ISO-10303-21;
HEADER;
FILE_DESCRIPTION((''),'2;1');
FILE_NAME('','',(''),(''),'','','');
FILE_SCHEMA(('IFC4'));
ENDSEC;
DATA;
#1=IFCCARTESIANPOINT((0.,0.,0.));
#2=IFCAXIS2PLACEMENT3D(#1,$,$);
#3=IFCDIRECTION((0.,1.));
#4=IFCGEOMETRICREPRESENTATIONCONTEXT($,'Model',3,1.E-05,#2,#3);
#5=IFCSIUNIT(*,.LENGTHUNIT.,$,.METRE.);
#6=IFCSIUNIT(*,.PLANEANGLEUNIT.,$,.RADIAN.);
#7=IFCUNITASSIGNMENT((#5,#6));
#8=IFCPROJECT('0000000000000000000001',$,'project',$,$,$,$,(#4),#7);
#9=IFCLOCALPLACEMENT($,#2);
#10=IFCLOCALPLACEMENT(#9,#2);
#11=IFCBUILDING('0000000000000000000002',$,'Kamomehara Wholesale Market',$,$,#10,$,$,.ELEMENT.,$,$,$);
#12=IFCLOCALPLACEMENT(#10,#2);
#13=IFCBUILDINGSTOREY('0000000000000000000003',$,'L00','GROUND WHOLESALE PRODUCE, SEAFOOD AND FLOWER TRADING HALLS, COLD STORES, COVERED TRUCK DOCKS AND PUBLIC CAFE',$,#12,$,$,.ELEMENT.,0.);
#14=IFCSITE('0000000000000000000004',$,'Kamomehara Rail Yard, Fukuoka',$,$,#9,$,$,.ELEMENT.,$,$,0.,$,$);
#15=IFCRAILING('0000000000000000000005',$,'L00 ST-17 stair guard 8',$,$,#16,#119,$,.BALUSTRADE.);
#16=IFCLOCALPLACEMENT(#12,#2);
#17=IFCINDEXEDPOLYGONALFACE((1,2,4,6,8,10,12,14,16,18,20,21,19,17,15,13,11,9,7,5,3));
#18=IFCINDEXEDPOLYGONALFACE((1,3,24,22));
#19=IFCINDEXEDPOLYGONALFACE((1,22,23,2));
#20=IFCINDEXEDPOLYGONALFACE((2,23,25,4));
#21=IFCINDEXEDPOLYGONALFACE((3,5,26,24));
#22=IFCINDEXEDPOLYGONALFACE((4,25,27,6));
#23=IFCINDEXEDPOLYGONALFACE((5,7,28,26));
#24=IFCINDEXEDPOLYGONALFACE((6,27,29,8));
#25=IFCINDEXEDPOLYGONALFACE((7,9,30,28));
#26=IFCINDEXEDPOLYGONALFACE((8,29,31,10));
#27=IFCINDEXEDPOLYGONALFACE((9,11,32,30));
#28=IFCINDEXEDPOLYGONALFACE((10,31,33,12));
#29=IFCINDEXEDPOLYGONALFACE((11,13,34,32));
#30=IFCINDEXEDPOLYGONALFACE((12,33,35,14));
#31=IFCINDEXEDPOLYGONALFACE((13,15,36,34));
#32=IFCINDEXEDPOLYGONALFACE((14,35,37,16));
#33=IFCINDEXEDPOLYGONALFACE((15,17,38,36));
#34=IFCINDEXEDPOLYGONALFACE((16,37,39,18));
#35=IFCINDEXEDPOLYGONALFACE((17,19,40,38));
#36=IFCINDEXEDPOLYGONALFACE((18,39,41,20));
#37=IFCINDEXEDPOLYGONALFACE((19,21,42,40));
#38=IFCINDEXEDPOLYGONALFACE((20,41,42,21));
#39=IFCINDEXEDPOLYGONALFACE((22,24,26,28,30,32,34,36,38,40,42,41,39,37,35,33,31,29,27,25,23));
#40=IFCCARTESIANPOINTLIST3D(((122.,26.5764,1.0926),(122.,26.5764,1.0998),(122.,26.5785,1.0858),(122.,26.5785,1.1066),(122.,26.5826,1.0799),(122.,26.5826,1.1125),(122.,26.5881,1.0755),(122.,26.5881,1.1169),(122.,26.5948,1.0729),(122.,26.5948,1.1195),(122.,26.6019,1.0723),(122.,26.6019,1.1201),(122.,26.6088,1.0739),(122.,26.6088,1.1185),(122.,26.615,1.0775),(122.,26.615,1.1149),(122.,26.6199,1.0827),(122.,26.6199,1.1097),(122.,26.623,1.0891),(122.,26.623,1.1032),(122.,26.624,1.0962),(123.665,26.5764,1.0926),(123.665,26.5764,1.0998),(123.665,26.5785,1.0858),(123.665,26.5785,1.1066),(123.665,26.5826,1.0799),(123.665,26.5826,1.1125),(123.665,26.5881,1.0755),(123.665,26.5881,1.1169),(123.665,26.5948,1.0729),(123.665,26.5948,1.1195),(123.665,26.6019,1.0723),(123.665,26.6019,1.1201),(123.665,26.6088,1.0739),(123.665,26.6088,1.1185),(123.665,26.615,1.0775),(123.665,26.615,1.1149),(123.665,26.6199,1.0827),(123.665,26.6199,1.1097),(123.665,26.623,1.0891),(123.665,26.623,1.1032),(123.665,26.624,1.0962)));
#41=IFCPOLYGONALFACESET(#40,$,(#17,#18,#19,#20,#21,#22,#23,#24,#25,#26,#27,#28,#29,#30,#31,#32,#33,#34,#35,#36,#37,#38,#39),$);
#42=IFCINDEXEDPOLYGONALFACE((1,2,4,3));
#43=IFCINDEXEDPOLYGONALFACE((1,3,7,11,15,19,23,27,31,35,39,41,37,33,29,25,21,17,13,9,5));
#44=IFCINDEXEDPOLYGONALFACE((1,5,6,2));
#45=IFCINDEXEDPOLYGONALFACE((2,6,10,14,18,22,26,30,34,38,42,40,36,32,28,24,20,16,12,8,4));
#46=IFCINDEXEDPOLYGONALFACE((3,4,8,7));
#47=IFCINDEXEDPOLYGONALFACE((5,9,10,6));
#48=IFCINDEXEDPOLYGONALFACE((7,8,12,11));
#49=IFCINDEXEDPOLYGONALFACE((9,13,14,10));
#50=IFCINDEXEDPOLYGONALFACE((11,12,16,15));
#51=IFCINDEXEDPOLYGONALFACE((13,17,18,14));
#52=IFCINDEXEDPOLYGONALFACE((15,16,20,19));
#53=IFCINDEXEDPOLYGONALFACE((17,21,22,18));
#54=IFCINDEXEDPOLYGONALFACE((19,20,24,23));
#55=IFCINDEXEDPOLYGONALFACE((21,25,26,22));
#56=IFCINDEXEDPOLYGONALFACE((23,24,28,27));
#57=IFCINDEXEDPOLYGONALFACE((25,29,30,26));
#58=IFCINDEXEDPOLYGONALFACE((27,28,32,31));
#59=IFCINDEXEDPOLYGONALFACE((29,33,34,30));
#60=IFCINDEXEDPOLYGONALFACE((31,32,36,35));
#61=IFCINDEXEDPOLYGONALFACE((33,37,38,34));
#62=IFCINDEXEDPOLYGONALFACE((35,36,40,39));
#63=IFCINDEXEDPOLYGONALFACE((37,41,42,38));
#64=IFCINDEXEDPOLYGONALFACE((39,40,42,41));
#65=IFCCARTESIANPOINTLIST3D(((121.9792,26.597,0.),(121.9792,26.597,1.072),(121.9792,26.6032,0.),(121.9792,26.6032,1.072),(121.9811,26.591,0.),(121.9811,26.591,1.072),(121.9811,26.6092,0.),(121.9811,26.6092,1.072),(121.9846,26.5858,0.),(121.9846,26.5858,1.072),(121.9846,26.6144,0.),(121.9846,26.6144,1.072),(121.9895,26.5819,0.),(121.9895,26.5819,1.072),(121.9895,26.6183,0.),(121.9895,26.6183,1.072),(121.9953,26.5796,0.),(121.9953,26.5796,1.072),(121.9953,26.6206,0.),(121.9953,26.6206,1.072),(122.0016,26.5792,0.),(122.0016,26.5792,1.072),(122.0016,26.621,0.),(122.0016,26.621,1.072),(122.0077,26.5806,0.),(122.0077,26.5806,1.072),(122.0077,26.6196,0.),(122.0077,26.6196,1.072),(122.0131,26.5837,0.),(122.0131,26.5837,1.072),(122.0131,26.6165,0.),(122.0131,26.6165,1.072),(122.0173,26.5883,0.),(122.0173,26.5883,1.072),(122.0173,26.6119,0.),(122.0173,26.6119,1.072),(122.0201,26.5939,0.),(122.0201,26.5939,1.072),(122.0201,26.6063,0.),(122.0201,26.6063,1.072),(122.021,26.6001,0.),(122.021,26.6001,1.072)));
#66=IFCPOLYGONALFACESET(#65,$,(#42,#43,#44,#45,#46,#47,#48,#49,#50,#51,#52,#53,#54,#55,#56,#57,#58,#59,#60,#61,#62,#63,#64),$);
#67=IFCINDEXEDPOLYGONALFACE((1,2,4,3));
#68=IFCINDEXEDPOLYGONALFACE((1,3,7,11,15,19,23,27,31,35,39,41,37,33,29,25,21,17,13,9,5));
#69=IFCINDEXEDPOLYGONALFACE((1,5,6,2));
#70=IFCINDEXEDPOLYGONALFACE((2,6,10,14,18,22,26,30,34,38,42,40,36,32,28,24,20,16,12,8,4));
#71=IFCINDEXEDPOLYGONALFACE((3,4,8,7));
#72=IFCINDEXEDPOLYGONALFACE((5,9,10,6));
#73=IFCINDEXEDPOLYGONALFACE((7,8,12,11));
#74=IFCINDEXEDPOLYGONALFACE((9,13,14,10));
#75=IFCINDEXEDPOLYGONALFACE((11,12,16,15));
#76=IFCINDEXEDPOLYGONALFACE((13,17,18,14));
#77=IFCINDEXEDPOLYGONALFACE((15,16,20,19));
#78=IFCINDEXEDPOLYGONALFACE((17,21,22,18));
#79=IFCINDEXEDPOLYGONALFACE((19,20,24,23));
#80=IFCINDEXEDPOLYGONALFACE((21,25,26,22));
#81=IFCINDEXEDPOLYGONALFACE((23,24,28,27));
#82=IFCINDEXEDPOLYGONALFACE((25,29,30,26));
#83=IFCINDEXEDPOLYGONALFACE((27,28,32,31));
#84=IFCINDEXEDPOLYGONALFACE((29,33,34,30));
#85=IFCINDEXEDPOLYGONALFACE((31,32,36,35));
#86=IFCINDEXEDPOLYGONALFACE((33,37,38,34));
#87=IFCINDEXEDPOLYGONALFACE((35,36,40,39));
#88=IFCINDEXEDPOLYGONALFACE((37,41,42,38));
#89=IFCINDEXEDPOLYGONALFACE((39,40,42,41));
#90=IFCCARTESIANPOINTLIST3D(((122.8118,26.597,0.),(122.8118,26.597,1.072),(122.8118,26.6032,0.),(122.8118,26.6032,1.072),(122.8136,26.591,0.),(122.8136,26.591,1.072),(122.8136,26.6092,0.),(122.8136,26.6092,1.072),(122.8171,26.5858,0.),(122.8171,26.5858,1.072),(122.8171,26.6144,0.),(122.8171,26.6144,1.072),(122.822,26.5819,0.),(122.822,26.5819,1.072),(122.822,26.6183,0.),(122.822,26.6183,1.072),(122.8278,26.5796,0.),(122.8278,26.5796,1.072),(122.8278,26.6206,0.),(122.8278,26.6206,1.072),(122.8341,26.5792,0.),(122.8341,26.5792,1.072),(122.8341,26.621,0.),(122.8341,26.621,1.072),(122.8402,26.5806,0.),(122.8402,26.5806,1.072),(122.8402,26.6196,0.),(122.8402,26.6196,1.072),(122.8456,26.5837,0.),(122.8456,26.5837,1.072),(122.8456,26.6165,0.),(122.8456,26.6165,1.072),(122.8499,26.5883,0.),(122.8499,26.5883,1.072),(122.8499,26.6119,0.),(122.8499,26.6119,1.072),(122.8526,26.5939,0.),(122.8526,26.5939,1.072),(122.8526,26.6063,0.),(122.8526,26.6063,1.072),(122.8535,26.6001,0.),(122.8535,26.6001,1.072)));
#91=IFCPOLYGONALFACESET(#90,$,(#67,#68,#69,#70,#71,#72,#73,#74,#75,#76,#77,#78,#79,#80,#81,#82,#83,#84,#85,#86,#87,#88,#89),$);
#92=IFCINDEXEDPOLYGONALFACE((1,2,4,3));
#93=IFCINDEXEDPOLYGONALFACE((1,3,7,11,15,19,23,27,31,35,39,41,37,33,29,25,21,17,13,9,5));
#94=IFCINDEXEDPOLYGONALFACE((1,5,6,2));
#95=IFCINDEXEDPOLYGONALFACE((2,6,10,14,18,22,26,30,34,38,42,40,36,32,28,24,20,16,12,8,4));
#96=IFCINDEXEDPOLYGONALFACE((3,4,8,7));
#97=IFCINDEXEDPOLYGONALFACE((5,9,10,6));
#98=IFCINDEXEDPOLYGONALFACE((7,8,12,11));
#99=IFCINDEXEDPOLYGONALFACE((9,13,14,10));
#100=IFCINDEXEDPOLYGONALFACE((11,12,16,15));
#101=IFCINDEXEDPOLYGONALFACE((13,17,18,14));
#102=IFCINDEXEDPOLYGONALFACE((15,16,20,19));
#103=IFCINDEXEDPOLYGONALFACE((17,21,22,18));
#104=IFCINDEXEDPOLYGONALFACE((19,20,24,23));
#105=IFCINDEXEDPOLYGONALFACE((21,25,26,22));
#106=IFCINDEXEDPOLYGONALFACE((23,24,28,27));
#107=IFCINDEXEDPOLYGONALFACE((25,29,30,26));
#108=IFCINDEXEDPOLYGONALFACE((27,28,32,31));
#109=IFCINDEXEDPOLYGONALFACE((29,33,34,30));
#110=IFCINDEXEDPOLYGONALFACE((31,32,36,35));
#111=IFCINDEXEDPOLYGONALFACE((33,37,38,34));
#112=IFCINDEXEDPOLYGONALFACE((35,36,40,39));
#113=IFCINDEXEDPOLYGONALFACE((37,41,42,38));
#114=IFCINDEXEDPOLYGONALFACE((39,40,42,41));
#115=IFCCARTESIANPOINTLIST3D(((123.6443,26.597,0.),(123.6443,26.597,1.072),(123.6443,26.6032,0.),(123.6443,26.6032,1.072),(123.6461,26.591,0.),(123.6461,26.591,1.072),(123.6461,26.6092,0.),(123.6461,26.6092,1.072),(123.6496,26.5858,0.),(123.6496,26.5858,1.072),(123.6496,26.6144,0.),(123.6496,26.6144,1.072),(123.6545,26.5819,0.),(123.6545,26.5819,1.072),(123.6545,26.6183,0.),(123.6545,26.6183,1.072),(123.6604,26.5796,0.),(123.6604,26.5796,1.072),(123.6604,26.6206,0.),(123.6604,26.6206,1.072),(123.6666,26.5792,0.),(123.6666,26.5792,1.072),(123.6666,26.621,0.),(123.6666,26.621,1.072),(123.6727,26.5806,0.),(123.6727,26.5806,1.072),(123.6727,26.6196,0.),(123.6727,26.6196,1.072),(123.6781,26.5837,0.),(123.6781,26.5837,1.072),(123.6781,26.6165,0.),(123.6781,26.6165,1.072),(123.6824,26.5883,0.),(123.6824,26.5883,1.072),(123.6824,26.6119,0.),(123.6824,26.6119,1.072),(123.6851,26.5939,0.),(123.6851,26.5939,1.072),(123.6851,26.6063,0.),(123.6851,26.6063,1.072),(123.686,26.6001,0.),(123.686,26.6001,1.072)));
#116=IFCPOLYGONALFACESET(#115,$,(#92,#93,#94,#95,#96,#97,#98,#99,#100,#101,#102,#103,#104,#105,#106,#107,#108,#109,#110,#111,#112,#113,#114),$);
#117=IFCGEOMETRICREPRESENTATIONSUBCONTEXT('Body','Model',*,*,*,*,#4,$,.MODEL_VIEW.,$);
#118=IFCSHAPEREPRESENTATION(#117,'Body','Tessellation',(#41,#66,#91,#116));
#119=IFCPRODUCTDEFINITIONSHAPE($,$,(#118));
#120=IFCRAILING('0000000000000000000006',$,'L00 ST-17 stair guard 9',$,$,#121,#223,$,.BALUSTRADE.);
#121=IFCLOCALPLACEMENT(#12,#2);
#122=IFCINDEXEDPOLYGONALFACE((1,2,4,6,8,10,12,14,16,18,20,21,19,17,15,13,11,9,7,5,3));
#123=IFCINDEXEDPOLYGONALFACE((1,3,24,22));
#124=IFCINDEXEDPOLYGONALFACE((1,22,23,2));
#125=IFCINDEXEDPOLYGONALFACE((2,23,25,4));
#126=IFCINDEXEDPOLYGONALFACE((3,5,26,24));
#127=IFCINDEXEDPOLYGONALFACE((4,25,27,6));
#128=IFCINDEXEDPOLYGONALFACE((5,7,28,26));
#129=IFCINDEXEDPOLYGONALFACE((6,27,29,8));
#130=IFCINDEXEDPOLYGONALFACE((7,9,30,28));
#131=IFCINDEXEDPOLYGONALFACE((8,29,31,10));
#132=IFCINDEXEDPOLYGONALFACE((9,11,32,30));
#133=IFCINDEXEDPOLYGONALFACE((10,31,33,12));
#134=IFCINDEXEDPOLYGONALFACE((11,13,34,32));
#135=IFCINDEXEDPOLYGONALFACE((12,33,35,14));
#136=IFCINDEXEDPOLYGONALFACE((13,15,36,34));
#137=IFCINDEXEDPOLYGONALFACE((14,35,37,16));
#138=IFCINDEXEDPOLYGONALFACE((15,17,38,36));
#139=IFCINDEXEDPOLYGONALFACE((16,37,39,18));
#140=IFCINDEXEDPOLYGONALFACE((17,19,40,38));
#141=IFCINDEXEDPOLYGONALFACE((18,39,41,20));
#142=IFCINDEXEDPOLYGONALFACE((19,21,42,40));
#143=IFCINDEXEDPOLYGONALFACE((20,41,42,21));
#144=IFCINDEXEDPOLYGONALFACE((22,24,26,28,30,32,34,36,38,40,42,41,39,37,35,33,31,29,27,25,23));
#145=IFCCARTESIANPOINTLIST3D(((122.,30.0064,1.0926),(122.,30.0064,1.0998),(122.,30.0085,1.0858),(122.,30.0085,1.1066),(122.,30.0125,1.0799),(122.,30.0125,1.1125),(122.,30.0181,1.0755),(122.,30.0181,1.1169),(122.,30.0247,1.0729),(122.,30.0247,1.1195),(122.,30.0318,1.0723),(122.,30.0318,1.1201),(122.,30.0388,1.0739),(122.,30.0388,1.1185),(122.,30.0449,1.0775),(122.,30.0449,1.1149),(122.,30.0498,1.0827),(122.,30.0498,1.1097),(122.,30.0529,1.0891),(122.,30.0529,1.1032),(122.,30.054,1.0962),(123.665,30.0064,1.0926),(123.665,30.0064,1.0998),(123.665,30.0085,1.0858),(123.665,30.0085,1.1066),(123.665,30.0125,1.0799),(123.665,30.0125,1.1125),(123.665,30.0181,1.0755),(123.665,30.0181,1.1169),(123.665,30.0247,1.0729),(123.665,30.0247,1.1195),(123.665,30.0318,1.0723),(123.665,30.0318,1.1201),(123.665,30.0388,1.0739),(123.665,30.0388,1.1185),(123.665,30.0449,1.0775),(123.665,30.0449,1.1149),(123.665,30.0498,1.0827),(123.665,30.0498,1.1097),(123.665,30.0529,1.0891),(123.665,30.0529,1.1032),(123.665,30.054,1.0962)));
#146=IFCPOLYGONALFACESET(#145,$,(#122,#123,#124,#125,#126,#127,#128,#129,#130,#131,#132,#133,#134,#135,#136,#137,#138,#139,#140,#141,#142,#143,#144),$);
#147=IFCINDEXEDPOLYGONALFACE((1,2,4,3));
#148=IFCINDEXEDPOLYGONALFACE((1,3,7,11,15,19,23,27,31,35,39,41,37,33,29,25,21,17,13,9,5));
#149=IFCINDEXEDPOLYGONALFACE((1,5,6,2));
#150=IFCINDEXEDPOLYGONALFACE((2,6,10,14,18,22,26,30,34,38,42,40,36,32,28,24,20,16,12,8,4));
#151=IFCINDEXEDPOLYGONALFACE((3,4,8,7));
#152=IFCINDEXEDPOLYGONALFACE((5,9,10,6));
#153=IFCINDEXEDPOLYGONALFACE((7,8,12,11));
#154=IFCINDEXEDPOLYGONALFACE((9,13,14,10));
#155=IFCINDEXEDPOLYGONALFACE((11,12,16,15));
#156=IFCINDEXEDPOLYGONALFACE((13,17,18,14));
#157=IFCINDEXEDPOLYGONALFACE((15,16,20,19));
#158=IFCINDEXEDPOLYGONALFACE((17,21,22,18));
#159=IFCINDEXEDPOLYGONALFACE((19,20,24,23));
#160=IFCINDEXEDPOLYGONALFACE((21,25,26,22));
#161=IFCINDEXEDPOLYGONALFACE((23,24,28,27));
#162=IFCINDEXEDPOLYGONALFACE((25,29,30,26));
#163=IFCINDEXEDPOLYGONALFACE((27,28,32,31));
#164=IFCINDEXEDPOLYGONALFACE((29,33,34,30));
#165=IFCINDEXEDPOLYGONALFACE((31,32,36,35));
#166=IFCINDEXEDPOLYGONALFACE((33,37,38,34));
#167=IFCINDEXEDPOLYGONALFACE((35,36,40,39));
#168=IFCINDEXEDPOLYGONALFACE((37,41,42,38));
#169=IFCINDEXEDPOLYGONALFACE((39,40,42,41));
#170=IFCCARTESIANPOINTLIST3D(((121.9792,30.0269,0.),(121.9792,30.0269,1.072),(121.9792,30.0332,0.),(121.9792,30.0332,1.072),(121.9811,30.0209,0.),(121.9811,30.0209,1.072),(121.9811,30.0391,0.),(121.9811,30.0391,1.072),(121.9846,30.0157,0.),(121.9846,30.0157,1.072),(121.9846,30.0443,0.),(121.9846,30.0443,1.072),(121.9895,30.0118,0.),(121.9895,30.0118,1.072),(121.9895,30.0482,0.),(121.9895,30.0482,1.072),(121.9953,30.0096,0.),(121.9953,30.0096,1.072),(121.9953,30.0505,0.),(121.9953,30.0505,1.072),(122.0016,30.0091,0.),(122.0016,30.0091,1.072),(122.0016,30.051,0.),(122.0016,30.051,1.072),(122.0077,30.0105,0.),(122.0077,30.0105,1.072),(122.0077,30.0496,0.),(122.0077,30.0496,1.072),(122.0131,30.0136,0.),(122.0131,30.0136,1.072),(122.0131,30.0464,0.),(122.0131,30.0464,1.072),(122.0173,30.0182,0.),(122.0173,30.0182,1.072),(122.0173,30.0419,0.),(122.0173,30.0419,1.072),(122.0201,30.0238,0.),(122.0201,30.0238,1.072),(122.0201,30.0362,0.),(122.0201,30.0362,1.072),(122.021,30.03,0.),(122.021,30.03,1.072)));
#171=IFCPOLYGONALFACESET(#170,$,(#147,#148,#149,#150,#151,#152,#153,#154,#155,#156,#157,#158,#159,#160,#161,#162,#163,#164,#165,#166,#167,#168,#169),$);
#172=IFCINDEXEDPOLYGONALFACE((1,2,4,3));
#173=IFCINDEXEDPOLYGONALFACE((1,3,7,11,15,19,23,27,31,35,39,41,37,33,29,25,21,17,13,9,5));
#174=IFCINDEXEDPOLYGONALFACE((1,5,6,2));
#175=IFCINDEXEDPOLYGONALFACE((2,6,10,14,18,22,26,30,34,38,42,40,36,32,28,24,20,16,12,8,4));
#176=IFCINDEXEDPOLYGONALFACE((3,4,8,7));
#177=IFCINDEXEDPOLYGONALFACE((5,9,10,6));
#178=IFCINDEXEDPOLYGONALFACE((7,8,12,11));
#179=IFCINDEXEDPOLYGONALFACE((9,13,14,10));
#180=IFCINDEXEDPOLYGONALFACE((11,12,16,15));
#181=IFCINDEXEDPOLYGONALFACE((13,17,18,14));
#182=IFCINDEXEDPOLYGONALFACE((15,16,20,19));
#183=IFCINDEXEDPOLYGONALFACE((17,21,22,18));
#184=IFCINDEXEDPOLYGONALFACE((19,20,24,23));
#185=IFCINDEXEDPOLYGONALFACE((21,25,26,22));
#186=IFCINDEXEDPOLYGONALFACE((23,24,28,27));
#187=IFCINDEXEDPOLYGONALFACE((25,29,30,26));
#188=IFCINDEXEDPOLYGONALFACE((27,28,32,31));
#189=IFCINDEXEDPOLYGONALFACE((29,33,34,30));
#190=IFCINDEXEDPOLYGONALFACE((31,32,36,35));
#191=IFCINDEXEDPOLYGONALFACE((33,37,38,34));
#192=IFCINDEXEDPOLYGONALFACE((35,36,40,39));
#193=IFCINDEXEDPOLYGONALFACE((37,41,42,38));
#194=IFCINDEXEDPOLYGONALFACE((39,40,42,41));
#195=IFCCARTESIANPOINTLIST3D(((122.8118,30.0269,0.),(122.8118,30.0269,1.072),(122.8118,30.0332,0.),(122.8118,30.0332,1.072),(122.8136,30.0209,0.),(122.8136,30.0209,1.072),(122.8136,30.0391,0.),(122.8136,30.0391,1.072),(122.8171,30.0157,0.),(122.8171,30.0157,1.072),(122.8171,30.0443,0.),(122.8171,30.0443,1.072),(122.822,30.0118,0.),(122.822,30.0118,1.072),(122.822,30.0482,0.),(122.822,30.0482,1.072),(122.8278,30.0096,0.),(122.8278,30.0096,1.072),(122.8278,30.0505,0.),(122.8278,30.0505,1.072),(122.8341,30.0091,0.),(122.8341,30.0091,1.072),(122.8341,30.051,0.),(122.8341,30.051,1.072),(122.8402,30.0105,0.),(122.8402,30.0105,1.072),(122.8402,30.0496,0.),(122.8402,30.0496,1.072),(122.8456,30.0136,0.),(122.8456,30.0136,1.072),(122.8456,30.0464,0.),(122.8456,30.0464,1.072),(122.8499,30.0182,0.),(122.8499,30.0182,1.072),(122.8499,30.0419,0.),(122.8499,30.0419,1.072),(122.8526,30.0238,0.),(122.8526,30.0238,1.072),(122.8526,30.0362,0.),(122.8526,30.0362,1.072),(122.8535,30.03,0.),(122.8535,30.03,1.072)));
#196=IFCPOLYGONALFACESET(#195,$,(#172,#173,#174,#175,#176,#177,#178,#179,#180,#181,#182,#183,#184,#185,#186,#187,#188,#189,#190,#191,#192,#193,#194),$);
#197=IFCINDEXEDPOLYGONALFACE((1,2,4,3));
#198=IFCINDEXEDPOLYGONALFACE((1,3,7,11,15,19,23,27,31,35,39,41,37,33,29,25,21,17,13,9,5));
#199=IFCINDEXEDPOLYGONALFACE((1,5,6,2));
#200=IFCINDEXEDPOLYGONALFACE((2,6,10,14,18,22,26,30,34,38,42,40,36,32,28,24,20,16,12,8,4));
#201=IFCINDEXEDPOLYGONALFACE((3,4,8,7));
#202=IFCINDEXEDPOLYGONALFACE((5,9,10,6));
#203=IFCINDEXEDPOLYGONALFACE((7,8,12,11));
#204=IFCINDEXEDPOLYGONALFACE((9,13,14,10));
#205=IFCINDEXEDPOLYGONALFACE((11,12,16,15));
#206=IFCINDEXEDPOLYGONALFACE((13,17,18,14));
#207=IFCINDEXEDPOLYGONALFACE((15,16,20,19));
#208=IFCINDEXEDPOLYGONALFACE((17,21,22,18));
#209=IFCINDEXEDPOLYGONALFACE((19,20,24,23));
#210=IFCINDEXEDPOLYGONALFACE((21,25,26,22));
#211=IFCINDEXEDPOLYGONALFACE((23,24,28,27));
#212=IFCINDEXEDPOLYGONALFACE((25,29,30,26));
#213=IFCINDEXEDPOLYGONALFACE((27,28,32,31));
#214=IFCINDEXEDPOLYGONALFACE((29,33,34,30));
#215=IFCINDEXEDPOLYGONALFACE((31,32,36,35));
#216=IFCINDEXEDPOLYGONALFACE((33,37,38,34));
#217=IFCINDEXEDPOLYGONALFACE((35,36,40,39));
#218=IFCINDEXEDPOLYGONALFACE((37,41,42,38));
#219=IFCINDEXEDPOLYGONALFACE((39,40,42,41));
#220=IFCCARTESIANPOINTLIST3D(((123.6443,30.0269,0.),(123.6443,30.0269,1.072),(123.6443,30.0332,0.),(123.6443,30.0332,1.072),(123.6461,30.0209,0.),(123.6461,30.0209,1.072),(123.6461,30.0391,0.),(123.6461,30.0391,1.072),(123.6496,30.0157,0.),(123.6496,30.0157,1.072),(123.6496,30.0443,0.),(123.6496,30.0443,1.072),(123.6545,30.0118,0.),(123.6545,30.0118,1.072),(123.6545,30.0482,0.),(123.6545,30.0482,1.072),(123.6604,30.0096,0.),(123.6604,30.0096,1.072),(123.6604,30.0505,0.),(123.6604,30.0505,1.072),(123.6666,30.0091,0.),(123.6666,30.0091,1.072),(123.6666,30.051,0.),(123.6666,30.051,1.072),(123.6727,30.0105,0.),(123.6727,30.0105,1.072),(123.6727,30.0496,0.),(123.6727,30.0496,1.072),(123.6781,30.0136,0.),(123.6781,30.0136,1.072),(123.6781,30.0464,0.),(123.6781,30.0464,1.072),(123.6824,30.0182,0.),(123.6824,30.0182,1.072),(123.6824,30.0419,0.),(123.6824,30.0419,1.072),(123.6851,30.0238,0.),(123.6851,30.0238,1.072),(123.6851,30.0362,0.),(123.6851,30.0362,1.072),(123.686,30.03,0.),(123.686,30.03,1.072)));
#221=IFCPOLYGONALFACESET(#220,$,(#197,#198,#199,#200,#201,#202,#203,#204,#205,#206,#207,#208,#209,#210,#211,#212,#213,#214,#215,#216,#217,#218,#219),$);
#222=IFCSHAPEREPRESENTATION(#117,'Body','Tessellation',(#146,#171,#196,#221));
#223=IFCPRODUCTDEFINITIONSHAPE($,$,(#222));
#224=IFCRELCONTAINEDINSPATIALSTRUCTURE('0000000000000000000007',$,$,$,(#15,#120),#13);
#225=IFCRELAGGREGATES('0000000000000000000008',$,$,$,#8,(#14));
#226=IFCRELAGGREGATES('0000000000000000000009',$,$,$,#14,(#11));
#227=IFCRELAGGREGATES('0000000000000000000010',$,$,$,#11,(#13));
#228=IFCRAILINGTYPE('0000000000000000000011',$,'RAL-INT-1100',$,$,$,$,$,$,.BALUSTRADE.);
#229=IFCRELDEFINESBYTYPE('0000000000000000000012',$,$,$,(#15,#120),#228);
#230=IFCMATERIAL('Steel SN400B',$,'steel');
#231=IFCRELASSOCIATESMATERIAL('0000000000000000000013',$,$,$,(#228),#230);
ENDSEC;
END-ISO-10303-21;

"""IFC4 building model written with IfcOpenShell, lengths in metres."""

from ifc_helpers import new_model, si_unit, direction, frame, origin, origin_2d, place, context, subcontext, project, spatial, circle, extrude, material, type_object, element, save


model = new_model("IFC4")

# Units and contexts
model_context = context("Model", 3, precision=1e-05, world=origin(), true_north=direction((0.0, 1.0)))
body_context = subcontext(model_context, "Body", "Model", "MODEL_VIEW")
ifc_project = project(units=[si_unit("LENGTHUNIT", "METRE"), si_unit("PLANEANGLEUNIT", "RADIAN")], contexts=[model_context])

# Site, building, storey
site_placement = place(None, origin())
site = spatial("IfcSite", under=ifc_project, at=site_placement, Name="Kamomehara Rail Yard, Fukuoka", CompositionType="ELEMENT", RefElevation=0.0)
building_placement = place(site_placement, origin())
building = spatial("IfcBuilding", under=site, at=building_placement, Name="Kamomehara Wholesale Market", CompositionType="ELEMENT")
storey_placement = place(building_placement, origin())
storey = spatial("IfcBuildingStorey", under=building, at=storey_placement, Name="L00", Description="GROUND WHOLESALE PRODUCE, SEAFOOD AND FLOWER TRADING HALLS, COLD STORES, COVERED TRUCK DOCKS AND PUBLIC CAFE", CompositionType="ELEMENT", Elevation=0.0)

# Railings
ifc_material_1 = material(Name="Steel SN400B", Category="steel")
railing_type_1 = type_object("IfcRailingType", Name="RAL-INT-1100", PredefinedType="BALUSTRADE", material=ifc_material_1)
for number, where, name in (
    (1, (122.0, 26.6001, 0.0), "L00 ST-17 stair guard 8"),
    (2, (122.0, 30.03, 0.0), "L00 ST-17 stair guard 9"),
):
    element("IfcRailing", number, at=place(storey_placement, frame(where)), inside=storey, type_object=railing_type_1, Name=name, PredefinedType="BALUSTRADE", context=body_context, shape_type="SweptSolid", body=[
        extrude(circle(Radius=0.0239, at=origin_2d()), frame((0.0, 0.0, 1.0962), z_axis=(1.0, 0.0, 0.0), x_axis=(0.0, 1.0, 0.0)), (0.0, 0.0, 1.0), 1.665),
        extrude(circle(Radius=0.021, at=origin_2d()), origin(), (0.0, 0.0, 1.0), 1.072),
        extrude(circle(Radius=0.021, at=origin_2d()), frame((0.8325, 0.0, 0.0)), (0.0, 0.0, 1.0), 1.072),
        extrude(circle(Radius=0.021, at=origin_2d()), frame((1.665, 0.0, 0.0)), (0.0, 0.0, 1.0), 1.072),
    ])

save(model, "model.ifc")
